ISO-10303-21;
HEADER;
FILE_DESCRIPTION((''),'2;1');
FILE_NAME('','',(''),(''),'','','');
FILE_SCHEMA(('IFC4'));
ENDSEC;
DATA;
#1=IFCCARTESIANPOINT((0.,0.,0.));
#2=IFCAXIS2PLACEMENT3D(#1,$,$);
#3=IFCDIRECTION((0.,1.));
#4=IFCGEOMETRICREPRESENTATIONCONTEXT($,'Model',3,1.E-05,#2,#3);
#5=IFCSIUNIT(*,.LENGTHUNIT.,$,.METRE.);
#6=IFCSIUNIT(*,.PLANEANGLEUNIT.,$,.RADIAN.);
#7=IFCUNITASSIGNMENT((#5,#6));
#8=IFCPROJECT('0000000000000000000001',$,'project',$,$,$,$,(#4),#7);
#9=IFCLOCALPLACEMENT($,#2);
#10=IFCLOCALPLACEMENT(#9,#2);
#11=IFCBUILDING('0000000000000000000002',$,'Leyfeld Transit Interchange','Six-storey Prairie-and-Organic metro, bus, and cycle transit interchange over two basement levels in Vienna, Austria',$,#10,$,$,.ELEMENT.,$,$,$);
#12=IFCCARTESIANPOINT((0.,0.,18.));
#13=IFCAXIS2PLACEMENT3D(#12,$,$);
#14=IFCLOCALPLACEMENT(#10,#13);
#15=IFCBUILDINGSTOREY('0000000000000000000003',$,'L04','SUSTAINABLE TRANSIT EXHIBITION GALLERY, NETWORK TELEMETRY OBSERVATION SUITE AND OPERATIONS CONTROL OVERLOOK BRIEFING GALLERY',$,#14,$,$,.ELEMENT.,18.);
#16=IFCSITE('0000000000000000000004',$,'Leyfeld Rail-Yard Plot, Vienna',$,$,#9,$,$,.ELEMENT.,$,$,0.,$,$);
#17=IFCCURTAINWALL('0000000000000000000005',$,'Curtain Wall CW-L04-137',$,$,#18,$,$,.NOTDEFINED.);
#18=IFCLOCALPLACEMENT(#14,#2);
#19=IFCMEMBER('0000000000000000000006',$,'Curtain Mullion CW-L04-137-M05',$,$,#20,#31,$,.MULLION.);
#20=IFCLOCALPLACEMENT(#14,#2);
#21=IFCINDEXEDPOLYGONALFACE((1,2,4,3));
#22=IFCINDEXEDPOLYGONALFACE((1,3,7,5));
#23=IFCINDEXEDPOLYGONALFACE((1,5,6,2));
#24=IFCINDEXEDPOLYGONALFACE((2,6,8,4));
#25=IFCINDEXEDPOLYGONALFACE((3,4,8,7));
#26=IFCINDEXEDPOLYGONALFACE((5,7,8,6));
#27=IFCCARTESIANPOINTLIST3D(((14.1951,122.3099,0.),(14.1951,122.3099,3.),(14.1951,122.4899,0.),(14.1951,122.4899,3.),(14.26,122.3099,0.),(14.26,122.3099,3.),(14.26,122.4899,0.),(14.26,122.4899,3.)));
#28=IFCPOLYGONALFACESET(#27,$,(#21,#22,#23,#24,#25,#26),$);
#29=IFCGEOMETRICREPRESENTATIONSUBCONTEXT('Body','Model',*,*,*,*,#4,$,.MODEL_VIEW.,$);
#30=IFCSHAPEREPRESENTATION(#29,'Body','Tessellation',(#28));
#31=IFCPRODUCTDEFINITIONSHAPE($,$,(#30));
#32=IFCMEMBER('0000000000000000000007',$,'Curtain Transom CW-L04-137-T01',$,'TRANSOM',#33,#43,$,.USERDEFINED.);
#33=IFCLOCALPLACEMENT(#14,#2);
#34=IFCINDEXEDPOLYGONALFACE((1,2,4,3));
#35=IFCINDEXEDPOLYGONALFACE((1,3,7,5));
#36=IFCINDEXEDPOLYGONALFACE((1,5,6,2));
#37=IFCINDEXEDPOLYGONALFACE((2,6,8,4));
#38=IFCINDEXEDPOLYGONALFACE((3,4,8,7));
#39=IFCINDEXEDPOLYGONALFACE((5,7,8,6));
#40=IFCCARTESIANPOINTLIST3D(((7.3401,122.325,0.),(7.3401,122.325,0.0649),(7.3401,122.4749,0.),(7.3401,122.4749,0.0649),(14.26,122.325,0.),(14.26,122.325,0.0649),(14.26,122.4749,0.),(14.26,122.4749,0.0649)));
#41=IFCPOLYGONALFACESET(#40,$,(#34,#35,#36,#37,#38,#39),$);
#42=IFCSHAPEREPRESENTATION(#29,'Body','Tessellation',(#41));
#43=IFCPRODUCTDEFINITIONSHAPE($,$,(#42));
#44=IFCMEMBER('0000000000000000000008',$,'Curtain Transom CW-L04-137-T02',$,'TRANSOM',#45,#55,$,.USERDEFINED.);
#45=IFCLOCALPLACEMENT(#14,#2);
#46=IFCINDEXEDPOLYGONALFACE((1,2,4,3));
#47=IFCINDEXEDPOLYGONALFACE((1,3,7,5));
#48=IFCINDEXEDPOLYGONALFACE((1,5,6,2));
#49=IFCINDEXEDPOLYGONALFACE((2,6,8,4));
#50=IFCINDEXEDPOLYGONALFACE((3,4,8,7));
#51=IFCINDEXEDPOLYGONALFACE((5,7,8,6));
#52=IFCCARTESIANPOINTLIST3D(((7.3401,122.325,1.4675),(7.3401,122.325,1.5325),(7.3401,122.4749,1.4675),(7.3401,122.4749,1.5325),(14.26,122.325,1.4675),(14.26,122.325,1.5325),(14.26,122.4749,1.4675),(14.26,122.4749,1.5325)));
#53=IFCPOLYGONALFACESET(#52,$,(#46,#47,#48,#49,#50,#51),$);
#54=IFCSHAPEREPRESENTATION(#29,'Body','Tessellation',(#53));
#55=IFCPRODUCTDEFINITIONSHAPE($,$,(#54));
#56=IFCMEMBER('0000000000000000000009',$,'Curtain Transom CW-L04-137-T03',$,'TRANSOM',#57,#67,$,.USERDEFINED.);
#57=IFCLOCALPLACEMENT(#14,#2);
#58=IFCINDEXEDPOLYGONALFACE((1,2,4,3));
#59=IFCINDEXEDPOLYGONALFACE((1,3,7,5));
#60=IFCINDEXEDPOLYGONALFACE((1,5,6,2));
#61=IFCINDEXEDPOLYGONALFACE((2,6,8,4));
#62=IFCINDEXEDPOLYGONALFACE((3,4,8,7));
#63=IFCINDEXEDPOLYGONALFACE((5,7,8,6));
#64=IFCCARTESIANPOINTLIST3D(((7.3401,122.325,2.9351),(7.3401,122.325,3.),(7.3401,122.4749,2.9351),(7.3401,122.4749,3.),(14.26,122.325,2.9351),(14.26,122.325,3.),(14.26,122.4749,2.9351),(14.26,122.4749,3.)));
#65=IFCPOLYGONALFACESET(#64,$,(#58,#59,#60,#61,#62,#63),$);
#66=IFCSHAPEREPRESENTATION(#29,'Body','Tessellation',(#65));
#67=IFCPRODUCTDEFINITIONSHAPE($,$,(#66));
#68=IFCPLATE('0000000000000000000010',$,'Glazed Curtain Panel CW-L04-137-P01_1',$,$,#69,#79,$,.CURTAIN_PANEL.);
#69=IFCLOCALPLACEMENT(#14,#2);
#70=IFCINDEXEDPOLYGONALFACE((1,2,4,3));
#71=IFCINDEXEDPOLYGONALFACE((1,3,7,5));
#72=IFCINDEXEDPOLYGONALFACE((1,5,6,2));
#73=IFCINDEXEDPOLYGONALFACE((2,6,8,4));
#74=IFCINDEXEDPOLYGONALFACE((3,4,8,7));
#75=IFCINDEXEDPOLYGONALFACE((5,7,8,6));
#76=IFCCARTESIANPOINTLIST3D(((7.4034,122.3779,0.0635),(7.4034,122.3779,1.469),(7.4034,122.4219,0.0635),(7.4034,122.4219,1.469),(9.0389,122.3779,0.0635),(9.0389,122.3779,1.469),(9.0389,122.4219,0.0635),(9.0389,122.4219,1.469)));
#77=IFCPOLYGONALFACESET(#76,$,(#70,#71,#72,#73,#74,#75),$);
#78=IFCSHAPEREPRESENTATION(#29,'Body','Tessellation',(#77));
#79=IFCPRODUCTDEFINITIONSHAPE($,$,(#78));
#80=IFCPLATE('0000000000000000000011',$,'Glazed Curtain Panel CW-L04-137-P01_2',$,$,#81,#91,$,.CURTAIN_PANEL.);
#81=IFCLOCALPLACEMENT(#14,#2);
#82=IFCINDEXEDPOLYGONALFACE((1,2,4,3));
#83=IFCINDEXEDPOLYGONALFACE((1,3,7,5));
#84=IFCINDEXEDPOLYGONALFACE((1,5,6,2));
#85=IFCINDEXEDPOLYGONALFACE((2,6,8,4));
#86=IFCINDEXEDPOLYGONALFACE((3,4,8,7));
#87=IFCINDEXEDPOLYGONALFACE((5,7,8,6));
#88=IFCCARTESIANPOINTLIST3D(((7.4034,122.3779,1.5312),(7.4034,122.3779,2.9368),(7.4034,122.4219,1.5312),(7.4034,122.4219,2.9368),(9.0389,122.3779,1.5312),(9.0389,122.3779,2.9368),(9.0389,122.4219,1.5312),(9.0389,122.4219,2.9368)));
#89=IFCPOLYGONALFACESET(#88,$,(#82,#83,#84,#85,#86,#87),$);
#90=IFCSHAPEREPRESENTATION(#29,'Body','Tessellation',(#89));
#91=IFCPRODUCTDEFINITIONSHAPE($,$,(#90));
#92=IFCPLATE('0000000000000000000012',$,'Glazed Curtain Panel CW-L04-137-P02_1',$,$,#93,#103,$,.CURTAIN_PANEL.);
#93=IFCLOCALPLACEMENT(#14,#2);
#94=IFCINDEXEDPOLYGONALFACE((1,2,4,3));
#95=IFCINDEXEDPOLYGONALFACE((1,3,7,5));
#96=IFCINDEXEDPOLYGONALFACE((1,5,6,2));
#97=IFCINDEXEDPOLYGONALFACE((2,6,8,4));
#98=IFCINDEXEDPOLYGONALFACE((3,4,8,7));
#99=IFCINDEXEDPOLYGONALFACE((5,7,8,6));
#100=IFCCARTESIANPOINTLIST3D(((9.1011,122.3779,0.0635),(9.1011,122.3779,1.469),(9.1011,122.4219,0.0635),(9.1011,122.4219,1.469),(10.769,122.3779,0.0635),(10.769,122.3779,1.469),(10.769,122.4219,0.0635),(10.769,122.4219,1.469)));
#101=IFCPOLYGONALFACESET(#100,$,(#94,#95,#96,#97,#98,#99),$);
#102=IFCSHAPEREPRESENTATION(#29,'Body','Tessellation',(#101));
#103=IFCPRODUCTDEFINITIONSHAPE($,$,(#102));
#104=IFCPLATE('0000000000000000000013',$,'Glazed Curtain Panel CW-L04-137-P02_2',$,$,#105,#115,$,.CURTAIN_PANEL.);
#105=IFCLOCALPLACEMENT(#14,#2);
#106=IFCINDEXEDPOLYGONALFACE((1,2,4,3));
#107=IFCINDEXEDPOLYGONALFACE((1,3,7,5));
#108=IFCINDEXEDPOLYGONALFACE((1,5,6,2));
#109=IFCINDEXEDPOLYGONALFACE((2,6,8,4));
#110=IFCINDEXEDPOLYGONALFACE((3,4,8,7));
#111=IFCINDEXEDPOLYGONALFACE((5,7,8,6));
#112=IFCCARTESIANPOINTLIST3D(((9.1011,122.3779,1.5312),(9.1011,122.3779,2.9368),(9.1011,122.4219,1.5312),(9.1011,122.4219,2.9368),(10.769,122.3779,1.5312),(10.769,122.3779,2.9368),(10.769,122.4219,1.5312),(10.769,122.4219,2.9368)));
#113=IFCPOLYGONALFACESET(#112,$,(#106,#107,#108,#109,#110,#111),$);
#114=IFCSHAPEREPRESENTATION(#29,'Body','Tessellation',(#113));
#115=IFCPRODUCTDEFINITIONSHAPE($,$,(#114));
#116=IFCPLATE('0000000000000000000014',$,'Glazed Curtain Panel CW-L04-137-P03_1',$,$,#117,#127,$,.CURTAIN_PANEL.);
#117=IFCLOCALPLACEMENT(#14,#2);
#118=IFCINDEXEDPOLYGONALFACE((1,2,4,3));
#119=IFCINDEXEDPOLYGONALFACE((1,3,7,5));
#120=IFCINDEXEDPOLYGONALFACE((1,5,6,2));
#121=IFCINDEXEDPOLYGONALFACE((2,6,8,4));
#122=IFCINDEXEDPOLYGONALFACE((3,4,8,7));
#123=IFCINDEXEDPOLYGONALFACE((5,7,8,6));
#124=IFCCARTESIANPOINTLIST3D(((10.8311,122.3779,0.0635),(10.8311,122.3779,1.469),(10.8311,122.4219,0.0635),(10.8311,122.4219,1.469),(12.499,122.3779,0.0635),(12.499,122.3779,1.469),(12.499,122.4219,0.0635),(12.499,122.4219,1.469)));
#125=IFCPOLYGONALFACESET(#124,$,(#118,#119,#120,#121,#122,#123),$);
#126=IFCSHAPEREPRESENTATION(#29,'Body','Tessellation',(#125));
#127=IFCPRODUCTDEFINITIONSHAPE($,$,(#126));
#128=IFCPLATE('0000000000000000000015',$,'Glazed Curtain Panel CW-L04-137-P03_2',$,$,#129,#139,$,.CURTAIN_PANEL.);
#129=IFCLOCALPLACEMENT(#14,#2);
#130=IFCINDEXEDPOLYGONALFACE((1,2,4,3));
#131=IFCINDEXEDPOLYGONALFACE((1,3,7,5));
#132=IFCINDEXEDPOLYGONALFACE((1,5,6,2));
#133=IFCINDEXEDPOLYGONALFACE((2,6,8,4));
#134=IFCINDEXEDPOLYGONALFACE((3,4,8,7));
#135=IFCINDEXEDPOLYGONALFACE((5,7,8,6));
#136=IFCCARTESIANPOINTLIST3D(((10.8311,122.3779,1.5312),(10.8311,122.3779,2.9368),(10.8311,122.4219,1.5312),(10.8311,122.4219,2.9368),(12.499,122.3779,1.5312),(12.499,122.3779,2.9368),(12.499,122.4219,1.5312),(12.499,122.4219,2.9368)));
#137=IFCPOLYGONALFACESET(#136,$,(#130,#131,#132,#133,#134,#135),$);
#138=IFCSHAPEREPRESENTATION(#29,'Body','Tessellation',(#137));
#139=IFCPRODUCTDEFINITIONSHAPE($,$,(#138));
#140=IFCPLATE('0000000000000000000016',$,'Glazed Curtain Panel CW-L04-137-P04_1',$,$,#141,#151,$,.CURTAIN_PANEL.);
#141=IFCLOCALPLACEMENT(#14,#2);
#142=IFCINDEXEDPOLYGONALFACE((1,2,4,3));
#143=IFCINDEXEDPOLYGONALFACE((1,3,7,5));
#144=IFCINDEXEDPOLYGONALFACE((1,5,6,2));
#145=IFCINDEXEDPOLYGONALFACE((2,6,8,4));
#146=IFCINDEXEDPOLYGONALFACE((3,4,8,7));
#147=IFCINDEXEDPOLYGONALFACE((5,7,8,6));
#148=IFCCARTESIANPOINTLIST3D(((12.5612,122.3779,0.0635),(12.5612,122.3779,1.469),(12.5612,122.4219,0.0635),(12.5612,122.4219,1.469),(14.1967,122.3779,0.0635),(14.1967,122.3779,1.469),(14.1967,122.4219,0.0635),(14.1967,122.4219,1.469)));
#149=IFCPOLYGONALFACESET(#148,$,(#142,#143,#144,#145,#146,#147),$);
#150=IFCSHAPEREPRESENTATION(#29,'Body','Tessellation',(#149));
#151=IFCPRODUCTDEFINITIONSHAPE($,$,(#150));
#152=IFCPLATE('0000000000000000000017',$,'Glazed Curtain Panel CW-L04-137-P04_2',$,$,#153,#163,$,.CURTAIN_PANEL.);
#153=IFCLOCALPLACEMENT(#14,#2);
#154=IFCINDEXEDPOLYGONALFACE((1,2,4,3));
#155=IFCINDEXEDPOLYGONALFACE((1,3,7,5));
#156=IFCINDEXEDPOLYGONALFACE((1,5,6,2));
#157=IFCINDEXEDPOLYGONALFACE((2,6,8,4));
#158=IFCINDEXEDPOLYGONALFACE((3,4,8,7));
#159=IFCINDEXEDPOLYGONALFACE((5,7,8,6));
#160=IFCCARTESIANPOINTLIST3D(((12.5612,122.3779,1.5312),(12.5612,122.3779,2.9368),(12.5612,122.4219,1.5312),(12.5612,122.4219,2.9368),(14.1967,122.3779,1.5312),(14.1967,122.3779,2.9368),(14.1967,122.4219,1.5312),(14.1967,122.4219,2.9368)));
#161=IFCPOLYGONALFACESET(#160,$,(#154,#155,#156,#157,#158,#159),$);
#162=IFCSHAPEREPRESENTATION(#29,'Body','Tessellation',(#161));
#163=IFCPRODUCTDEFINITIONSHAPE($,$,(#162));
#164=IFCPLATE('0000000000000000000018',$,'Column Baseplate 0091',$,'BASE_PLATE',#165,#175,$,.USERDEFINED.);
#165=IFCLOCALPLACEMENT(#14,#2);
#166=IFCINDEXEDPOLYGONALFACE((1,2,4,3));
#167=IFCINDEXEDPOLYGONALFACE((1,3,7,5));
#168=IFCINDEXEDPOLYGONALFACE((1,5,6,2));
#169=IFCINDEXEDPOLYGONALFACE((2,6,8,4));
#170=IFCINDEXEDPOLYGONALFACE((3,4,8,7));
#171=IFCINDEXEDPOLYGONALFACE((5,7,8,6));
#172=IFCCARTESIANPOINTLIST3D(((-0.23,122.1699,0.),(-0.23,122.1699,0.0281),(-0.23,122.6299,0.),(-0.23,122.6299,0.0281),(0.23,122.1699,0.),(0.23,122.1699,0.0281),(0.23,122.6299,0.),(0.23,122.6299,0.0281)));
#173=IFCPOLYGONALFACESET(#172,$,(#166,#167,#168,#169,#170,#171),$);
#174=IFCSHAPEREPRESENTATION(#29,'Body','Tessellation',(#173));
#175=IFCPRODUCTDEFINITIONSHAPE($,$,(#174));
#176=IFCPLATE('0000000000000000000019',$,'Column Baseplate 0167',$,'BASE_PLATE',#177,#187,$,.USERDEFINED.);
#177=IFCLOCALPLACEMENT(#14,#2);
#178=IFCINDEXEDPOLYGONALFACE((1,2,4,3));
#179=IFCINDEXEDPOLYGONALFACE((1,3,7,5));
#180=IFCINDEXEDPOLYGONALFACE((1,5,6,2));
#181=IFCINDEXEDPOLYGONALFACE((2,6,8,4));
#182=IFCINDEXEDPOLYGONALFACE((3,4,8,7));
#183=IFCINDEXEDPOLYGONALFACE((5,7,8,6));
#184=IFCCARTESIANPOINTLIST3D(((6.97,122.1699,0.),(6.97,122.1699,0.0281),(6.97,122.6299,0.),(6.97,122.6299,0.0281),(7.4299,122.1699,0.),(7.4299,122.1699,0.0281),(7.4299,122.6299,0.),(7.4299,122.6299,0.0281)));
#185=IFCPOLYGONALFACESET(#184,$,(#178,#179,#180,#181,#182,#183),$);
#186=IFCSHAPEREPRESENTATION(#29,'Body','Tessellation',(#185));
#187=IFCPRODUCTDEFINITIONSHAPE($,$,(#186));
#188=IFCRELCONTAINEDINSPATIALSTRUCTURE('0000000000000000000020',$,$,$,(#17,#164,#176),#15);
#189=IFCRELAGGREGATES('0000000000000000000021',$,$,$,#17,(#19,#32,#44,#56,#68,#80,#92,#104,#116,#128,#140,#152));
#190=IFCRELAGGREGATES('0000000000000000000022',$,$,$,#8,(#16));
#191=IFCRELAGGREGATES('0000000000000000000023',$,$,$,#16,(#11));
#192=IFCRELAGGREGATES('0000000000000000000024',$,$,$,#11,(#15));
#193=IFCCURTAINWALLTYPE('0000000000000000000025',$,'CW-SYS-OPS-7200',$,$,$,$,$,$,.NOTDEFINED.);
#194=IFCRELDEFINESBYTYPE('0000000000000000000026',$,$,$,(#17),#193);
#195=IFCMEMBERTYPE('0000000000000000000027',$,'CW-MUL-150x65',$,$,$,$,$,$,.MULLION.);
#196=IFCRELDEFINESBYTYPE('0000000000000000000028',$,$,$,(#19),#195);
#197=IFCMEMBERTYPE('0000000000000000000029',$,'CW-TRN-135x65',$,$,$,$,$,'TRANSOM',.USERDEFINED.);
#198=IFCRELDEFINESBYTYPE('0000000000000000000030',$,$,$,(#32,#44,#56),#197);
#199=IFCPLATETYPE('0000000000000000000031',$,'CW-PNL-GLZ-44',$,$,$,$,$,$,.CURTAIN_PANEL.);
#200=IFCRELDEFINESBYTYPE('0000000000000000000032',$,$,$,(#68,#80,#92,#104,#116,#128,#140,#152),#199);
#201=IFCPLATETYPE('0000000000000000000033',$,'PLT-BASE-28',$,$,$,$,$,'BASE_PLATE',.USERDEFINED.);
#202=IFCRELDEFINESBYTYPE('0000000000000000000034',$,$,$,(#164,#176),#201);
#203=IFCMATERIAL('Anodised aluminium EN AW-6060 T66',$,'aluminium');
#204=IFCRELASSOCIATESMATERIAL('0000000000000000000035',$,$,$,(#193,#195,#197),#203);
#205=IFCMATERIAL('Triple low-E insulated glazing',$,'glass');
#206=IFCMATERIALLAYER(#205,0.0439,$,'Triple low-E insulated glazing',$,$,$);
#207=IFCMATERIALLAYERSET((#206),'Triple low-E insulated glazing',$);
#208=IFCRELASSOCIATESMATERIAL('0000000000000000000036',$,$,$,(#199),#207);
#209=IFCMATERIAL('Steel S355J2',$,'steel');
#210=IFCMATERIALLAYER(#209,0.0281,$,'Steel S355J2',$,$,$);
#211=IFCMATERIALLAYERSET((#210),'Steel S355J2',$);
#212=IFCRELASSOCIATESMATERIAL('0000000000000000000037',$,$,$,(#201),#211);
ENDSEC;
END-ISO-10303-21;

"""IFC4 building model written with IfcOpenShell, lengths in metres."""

from ifc_helpers import new_model, si_unit, direction, frame, origin, origin_2d, place, context, subcontext, project, spatial, rectangle, extrude, material, layer, layer_set, material_profile, profile_set, type_object, element, aggregate, save


model = new_model("IFC4")

# Units and contexts
model_context = context("Model", 3, precision=1e-05, world=origin(), true_north=direction((0.0, 1.0)))
body_context = subcontext(model_context, "Body", "Model", "MODEL_VIEW")
ifc_project = project(units=[si_unit("LENGTHUNIT", "METRE"), si_unit("PLANEANGLEUNIT", "RADIAN")], contexts=[model_context])

# Site, building, storey
site_placement = place(None, origin())
site = spatial("IfcSite", under=ifc_project, at=site_placement, Name="Leyfeld Rail-Yard Plot, Vienna", CompositionType="ELEMENT", RefElevation=0.0)
building_placement = place(site_placement, origin())
building = spatial("IfcBuilding", under=site, at=building_placement, Name="Leyfeld Transit Interchange", Description="Six-storey Prairie-and-Organic metro, bus, and cycle transit interchange over two basement levels in Vienna, Austria", CompositionType="ELEMENT")
storey_placement = place(building_placement, frame((0.0, 0.0, 18.0)))
storey = spatial("IfcBuildingStorey", under=building, at=storey_placement, Name="L04", Description="SUSTAINABLE TRANSIT EXHIBITION GALLERY, NETWORK TELEMETRY OBSERVATION SUITE AND OPERATIONS CONTROL OVERLOOK BRIEFING GALLERY", CompositionType="ELEMENT", Elevation=18.0)

# Shared definitions
ifc_material_1 = material(Name="Steel S355J2", Category="steel")

# Curtain wall, members, plates
ifc_material_2 = material(Name="Anodised aluminium EN AW-6060 T66", Category="aluminium")
curtain_wall_type = type_object("IfcCurtainWallType", Name="CW-SYS-OPS-7200", PredefinedType="NOTDEFINED", material=ifc_material_2)
curtain_wall_placement = place(storey_placement, origin())
curtain_wall = element("IfcCurtainWall", 1, at=curtain_wall_placement, inside=storey, type_object=curtain_wall_type, Name="Curtain Wall CW-L04-137", PredefinedType="NOTDEFINED")
ifc_material_profile_1 = material_profile(ifc_material_2, rectangle(XDim=0.0649, YDim=0.1799, at=origin_2d()), Name="CW-M 65x180")
ifc_profile_set_1 = profile_set([ifc_material_profile_1], Name="Anodised aluminium EN AW-6060 T66")
member_type_1 = type_object("IfcMemberType", Name="CW-MUL-150x65", PredefinedType="MULLION", material=ifc_profile_set_1)
member_1_placement = place(storey_placement, frame((14.2275, 122.3999, 0.0), z_axis=(0.0, 0.0, 1.0), x_axis=(1.0, 0.0, 0.0)))
member_1 = element("IfcMember", 2, at=member_1_placement, type_object=member_type_1, Name="Curtain Mullion CW-L04-137-M05", PredefinedType="MULLION", context=body_context, shape_type="SweptSolid", body=[
    extrude(rectangle(XDim=0.0649, YDim=0.1799, at=origin_2d()), origin(), (0.0, 0.0, 1.0), 3.0),
])
ifc_material_profile_2 = material_profile(ifc_material_2, rectangle(XDim=0.1499, YDim=0.0649, at=origin_2d()), Name="CW-TRN-135x65")
ifc_profile_set_2 = profile_set([ifc_material_profile_2], Name="Anodised aluminium EN AW-6060 T66")
member_type_2 = type_object("IfcMemberType", Name="CW-TRN-135x65", ElementType="TRANSOM", PredefinedType="USERDEFINED", material=ifc_profile_set_2)
member_2_placement = place(storey_placement, frame((7.3401, 122.3999, 0.0325), z_axis=(1.0, 0.0, 0.0), x_axis=(0.0, 1.0, 0.0)))
member_2 = element("IfcMember", 3, at=member_2_placement, type_object=member_type_2, Name="Curtain Transom CW-L04-137-T01", ObjectType="TRANSOM", PredefinedType="USERDEFINED", context=body_context, shape_type="SweptSolid", body=[
    extrude(rectangle(XDim=0.1499, YDim=0.0649, at=origin_2d()), origin(), (0.0, 0.0, 1.0), 6.9199),
])
member_3_placement = place(storey_placement, frame((7.3401, 122.3999, 1.5), z_axis=(1.0, 0.0, 0.0), x_axis=(0.0, 1.0, 0.0)))
member_3 = element("IfcMember", 4, at=member_3_placement, type_object=member_type_2, Name="Curtain Transom CW-L04-137-T02", ObjectType="TRANSOM", PredefinedType="USERDEFINED", context=body_context, shape_type="SweptSolid", body=[
    extrude(rectangle(XDim=0.1499, YDim=0.0649, at=origin_2d()), origin(), (0.0, 0.0, 1.0), 6.9199),
])
member_4_placement = place(storey_placement, frame((7.3401, 122.3999, 2.9675), z_axis=(1.0, 0.0, 0.0), x_axis=(0.0, 1.0, 0.0)))
member_4 = element("IfcMember", 5, at=member_4_placement, type_object=member_type_2, Name="Curtain Transom CW-L04-137-T03", ObjectType="TRANSOM", PredefinedType="USERDEFINED", context=body_context, shape_type="SweptSolid", body=[
    extrude(rectangle(XDim=0.1499, YDim=0.0649, at=origin_2d()), origin(), (0.0, 0.0, 1.0), 6.9199),
])
ifc_material_3 = material(Name="Triple low-E insulated glazing", Category="glass")
ifc_layer_1 = layer(ifc_material_3, 0.0439, Name="Triple low-E insulated glazing")
ifc_layer_set_1 = layer_set([ifc_layer_1], Name="Triple low-E insulated glazing")
plate_type_1 = type_object("IfcPlateType", Name="CW-PNL-GLZ-44", PredefinedType="CURTAIN_PANEL", material=ifc_layer_set_1)
plate_1_placement = place(storey_placement, frame((8.2212, 122.3999, 0.0635), z_axis=(0.0, 0.0, 1.0), x_axis=(1.0, 0.0, 0.0)))
plate_1 = element("IfcPlate", 6, at=plate_1_placement, type_object=plate_type_1, Name="Glazed Curtain Panel CW-L04-137-P01_1", PredefinedType="CURTAIN_PANEL", context=body_context, shape_type="SweptSolid", body=[
    extrude(rectangle(XDim=1.6355, YDim=0.0439, at=origin_2d()), origin(), (0.0, 0.0, 1.0), 1.4055),
])
plate_2_placement = place(storey_placement, frame((8.2212, 122.3999, 1.5312), z_axis=(0.0, 0.0, 1.0), x_axis=(1.0, 0.0, 0.0)))
plate_2 = element("IfcPlate", 7, at=plate_2_placement, type_object=plate_type_1, Name="Glazed Curtain Panel CW-L04-137-P01_2", PredefinedType="CURTAIN_PANEL", context=body_context, shape_type="SweptSolid", body=[
    extrude(rectangle(XDim=1.6355, YDim=0.0439, at=origin_2d()), origin(), (0.0, 0.0, 1.0), 1.4055),
])
plate_3_placement = place(storey_placement, frame((9.9351, 122.3999, 0.0635), z_axis=(0.0, 0.0, 1.0), x_axis=(1.0, 0.0, 0.0)))
plate_3 = element("IfcPlate", 8, at=plate_3_placement, type_object=plate_type_1, Name="Glazed Curtain Panel CW-L04-137-P02_1", PredefinedType="CURTAIN_PANEL", context=body_context, shape_type="SweptSolid", body=[
    extrude(rectangle(XDim=1.668, YDim=0.0439, at=origin_2d()), origin(), (0.0, 0.0, 1.0), 1.4055),
])
plate_4_placement = place(storey_placement, frame((9.9351, 122.3999, 1.5312), z_axis=(0.0, 0.0, 1.0), x_axis=(1.0, 0.0, 0.0)))
plate_4 = element("IfcPlate", 9, at=plate_4_placement, type_object=plate_type_1, Name="Glazed Curtain Panel CW-L04-137-P02_2", PredefinedType="CURTAIN_PANEL", context=body_context, shape_type="SweptSolid", body=[
    extrude(rectangle(XDim=1.668, YDim=0.0439, at=origin_2d()), origin(), (0.0, 0.0, 1.0), 1.4055),
])
plate_5_placement = place(storey_placement, frame((11.665, 122.3999, 0.0635), z_axis=(0.0, 0.0, 1.0), x_axis=(1.0, 0.0, 0.0)))
plate_5 = element("IfcPlate", 10, at=plate_5_placement, type_object=plate_type_1, Name="Glazed Curtain Panel CW-L04-137-P03_1", PredefinedType="CURTAIN_PANEL", context=body_context, shape_type="SweptSolid", body=[
    extrude(rectangle(XDim=1.668, YDim=0.0439, at=origin_2d()), origin(), (0.0, 0.0, 1.0), 1.4055),
])
plate_6_placement = place(storey_placement, frame((11.665, 122.3999, 1.5312), z_axis=(0.0, 0.0, 1.0), x_axis=(1.0, 0.0, 0.0)))
plate_6 = element("IfcPlate", 11, at=plate_6_placement, type_object=plate_type_1, Name="Glazed Curtain Panel CW-L04-137-P03_2", PredefinedType="CURTAIN_PANEL", context=body_context, shape_type="SweptSolid", body=[
    extrude(rectangle(XDim=1.668, YDim=0.0439, at=origin_2d()), origin(), (0.0, 0.0, 1.0), 1.4055),
])
plate_7_placement = place(storey_placement, frame((13.3789, 122.3999, 0.0635), z_axis=(0.0, 0.0, 1.0), x_axis=(1.0, 0.0, 0.0)))
plate_7 = element("IfcPlate", 12, at=plate_7_placement, type_object=plate_type_1, Name="Glazed Curtain Panel CW-L04-137-P04_1", PredefinedType="CURTAIN_PANEL", context=body_context, shape_type="SweptSolid", body=[
    extrude(rectangle(XDim=1.6355, YDim=0.0439, at=origin_2d()), origin(), (0.0, 0.0, 1.0), 1.4055),
])
plate_8_placement = place(storey_placement, frame((13.3789, 122.3999, 1.5312), z_axis=(0.0, 0.0, 1.0), x_axis=(1.0, 0.0, 0.0)))
plate_8 = element("IfcPlate", 13, at=plate_8_placement, type_object=plate_type_1, Name="Glazed Curtain Panel CW-L04-137-P04_2", PredefinedType="CURTAIN_PANEL", context=body_context, shape_type="SweptSolid", body=[
    extrude(rectangle(XDim=1.6355, YDim=0.0439, at=origin_2d()), origin(), (0.0, 0.0, 1.0), 1.4055),
])
aggregate(curtain_wall, [member_1, member_2, member_3, member_4, plate_1, plate_2, plate_3, plate_4, plate_5, plate_6, plate_7, plate_8])

# Plates
ifc_layer_2 = layer(ifc_material_1, 0.0281, Name="Steel S355J2")
ifc_layer_set_2 = layer_set([ifc_layer_2], Name="Steel S355J2")
plate_type_2 = type_object("IfcPlateType", Name="PLT-BASE-28", ElementType="BASE_PLATE", PredefinedType="USERDEFINED", material=ifc_layer_set_2)
for number, where, z_axis, x_axis, name in (
    (14, (0.0, 122.3999, 0.0), (0.0, 0.0, 1.0), (1.0, 0.0, 0.0), "Column Baseplate 0091"),
    (15, (7.2, 122.3999, 0.0), (0.0, 0.0, 1.0), (1.0, 0.0, 0.0), "Column Baseplate 0167"),
):
    element("IfcPlate", number, at=place(storey_placement, frame(where, z_axis=z_axis, x_axis=x_axis)), inside=storey, type_object=plate_type_2, Name=name, ObjectType="BASE_PLATE", PredefinedType="USERDEFINED", context=body_context, shape_type="SweptSolid", body=[
        extrude(rectangle(XDim=0.46, YDim=0.46, at=origin_2d()), origin(), (0.0, 0.0, 1.0), 0.0281),
    ])

save(model, "model.ifc")
